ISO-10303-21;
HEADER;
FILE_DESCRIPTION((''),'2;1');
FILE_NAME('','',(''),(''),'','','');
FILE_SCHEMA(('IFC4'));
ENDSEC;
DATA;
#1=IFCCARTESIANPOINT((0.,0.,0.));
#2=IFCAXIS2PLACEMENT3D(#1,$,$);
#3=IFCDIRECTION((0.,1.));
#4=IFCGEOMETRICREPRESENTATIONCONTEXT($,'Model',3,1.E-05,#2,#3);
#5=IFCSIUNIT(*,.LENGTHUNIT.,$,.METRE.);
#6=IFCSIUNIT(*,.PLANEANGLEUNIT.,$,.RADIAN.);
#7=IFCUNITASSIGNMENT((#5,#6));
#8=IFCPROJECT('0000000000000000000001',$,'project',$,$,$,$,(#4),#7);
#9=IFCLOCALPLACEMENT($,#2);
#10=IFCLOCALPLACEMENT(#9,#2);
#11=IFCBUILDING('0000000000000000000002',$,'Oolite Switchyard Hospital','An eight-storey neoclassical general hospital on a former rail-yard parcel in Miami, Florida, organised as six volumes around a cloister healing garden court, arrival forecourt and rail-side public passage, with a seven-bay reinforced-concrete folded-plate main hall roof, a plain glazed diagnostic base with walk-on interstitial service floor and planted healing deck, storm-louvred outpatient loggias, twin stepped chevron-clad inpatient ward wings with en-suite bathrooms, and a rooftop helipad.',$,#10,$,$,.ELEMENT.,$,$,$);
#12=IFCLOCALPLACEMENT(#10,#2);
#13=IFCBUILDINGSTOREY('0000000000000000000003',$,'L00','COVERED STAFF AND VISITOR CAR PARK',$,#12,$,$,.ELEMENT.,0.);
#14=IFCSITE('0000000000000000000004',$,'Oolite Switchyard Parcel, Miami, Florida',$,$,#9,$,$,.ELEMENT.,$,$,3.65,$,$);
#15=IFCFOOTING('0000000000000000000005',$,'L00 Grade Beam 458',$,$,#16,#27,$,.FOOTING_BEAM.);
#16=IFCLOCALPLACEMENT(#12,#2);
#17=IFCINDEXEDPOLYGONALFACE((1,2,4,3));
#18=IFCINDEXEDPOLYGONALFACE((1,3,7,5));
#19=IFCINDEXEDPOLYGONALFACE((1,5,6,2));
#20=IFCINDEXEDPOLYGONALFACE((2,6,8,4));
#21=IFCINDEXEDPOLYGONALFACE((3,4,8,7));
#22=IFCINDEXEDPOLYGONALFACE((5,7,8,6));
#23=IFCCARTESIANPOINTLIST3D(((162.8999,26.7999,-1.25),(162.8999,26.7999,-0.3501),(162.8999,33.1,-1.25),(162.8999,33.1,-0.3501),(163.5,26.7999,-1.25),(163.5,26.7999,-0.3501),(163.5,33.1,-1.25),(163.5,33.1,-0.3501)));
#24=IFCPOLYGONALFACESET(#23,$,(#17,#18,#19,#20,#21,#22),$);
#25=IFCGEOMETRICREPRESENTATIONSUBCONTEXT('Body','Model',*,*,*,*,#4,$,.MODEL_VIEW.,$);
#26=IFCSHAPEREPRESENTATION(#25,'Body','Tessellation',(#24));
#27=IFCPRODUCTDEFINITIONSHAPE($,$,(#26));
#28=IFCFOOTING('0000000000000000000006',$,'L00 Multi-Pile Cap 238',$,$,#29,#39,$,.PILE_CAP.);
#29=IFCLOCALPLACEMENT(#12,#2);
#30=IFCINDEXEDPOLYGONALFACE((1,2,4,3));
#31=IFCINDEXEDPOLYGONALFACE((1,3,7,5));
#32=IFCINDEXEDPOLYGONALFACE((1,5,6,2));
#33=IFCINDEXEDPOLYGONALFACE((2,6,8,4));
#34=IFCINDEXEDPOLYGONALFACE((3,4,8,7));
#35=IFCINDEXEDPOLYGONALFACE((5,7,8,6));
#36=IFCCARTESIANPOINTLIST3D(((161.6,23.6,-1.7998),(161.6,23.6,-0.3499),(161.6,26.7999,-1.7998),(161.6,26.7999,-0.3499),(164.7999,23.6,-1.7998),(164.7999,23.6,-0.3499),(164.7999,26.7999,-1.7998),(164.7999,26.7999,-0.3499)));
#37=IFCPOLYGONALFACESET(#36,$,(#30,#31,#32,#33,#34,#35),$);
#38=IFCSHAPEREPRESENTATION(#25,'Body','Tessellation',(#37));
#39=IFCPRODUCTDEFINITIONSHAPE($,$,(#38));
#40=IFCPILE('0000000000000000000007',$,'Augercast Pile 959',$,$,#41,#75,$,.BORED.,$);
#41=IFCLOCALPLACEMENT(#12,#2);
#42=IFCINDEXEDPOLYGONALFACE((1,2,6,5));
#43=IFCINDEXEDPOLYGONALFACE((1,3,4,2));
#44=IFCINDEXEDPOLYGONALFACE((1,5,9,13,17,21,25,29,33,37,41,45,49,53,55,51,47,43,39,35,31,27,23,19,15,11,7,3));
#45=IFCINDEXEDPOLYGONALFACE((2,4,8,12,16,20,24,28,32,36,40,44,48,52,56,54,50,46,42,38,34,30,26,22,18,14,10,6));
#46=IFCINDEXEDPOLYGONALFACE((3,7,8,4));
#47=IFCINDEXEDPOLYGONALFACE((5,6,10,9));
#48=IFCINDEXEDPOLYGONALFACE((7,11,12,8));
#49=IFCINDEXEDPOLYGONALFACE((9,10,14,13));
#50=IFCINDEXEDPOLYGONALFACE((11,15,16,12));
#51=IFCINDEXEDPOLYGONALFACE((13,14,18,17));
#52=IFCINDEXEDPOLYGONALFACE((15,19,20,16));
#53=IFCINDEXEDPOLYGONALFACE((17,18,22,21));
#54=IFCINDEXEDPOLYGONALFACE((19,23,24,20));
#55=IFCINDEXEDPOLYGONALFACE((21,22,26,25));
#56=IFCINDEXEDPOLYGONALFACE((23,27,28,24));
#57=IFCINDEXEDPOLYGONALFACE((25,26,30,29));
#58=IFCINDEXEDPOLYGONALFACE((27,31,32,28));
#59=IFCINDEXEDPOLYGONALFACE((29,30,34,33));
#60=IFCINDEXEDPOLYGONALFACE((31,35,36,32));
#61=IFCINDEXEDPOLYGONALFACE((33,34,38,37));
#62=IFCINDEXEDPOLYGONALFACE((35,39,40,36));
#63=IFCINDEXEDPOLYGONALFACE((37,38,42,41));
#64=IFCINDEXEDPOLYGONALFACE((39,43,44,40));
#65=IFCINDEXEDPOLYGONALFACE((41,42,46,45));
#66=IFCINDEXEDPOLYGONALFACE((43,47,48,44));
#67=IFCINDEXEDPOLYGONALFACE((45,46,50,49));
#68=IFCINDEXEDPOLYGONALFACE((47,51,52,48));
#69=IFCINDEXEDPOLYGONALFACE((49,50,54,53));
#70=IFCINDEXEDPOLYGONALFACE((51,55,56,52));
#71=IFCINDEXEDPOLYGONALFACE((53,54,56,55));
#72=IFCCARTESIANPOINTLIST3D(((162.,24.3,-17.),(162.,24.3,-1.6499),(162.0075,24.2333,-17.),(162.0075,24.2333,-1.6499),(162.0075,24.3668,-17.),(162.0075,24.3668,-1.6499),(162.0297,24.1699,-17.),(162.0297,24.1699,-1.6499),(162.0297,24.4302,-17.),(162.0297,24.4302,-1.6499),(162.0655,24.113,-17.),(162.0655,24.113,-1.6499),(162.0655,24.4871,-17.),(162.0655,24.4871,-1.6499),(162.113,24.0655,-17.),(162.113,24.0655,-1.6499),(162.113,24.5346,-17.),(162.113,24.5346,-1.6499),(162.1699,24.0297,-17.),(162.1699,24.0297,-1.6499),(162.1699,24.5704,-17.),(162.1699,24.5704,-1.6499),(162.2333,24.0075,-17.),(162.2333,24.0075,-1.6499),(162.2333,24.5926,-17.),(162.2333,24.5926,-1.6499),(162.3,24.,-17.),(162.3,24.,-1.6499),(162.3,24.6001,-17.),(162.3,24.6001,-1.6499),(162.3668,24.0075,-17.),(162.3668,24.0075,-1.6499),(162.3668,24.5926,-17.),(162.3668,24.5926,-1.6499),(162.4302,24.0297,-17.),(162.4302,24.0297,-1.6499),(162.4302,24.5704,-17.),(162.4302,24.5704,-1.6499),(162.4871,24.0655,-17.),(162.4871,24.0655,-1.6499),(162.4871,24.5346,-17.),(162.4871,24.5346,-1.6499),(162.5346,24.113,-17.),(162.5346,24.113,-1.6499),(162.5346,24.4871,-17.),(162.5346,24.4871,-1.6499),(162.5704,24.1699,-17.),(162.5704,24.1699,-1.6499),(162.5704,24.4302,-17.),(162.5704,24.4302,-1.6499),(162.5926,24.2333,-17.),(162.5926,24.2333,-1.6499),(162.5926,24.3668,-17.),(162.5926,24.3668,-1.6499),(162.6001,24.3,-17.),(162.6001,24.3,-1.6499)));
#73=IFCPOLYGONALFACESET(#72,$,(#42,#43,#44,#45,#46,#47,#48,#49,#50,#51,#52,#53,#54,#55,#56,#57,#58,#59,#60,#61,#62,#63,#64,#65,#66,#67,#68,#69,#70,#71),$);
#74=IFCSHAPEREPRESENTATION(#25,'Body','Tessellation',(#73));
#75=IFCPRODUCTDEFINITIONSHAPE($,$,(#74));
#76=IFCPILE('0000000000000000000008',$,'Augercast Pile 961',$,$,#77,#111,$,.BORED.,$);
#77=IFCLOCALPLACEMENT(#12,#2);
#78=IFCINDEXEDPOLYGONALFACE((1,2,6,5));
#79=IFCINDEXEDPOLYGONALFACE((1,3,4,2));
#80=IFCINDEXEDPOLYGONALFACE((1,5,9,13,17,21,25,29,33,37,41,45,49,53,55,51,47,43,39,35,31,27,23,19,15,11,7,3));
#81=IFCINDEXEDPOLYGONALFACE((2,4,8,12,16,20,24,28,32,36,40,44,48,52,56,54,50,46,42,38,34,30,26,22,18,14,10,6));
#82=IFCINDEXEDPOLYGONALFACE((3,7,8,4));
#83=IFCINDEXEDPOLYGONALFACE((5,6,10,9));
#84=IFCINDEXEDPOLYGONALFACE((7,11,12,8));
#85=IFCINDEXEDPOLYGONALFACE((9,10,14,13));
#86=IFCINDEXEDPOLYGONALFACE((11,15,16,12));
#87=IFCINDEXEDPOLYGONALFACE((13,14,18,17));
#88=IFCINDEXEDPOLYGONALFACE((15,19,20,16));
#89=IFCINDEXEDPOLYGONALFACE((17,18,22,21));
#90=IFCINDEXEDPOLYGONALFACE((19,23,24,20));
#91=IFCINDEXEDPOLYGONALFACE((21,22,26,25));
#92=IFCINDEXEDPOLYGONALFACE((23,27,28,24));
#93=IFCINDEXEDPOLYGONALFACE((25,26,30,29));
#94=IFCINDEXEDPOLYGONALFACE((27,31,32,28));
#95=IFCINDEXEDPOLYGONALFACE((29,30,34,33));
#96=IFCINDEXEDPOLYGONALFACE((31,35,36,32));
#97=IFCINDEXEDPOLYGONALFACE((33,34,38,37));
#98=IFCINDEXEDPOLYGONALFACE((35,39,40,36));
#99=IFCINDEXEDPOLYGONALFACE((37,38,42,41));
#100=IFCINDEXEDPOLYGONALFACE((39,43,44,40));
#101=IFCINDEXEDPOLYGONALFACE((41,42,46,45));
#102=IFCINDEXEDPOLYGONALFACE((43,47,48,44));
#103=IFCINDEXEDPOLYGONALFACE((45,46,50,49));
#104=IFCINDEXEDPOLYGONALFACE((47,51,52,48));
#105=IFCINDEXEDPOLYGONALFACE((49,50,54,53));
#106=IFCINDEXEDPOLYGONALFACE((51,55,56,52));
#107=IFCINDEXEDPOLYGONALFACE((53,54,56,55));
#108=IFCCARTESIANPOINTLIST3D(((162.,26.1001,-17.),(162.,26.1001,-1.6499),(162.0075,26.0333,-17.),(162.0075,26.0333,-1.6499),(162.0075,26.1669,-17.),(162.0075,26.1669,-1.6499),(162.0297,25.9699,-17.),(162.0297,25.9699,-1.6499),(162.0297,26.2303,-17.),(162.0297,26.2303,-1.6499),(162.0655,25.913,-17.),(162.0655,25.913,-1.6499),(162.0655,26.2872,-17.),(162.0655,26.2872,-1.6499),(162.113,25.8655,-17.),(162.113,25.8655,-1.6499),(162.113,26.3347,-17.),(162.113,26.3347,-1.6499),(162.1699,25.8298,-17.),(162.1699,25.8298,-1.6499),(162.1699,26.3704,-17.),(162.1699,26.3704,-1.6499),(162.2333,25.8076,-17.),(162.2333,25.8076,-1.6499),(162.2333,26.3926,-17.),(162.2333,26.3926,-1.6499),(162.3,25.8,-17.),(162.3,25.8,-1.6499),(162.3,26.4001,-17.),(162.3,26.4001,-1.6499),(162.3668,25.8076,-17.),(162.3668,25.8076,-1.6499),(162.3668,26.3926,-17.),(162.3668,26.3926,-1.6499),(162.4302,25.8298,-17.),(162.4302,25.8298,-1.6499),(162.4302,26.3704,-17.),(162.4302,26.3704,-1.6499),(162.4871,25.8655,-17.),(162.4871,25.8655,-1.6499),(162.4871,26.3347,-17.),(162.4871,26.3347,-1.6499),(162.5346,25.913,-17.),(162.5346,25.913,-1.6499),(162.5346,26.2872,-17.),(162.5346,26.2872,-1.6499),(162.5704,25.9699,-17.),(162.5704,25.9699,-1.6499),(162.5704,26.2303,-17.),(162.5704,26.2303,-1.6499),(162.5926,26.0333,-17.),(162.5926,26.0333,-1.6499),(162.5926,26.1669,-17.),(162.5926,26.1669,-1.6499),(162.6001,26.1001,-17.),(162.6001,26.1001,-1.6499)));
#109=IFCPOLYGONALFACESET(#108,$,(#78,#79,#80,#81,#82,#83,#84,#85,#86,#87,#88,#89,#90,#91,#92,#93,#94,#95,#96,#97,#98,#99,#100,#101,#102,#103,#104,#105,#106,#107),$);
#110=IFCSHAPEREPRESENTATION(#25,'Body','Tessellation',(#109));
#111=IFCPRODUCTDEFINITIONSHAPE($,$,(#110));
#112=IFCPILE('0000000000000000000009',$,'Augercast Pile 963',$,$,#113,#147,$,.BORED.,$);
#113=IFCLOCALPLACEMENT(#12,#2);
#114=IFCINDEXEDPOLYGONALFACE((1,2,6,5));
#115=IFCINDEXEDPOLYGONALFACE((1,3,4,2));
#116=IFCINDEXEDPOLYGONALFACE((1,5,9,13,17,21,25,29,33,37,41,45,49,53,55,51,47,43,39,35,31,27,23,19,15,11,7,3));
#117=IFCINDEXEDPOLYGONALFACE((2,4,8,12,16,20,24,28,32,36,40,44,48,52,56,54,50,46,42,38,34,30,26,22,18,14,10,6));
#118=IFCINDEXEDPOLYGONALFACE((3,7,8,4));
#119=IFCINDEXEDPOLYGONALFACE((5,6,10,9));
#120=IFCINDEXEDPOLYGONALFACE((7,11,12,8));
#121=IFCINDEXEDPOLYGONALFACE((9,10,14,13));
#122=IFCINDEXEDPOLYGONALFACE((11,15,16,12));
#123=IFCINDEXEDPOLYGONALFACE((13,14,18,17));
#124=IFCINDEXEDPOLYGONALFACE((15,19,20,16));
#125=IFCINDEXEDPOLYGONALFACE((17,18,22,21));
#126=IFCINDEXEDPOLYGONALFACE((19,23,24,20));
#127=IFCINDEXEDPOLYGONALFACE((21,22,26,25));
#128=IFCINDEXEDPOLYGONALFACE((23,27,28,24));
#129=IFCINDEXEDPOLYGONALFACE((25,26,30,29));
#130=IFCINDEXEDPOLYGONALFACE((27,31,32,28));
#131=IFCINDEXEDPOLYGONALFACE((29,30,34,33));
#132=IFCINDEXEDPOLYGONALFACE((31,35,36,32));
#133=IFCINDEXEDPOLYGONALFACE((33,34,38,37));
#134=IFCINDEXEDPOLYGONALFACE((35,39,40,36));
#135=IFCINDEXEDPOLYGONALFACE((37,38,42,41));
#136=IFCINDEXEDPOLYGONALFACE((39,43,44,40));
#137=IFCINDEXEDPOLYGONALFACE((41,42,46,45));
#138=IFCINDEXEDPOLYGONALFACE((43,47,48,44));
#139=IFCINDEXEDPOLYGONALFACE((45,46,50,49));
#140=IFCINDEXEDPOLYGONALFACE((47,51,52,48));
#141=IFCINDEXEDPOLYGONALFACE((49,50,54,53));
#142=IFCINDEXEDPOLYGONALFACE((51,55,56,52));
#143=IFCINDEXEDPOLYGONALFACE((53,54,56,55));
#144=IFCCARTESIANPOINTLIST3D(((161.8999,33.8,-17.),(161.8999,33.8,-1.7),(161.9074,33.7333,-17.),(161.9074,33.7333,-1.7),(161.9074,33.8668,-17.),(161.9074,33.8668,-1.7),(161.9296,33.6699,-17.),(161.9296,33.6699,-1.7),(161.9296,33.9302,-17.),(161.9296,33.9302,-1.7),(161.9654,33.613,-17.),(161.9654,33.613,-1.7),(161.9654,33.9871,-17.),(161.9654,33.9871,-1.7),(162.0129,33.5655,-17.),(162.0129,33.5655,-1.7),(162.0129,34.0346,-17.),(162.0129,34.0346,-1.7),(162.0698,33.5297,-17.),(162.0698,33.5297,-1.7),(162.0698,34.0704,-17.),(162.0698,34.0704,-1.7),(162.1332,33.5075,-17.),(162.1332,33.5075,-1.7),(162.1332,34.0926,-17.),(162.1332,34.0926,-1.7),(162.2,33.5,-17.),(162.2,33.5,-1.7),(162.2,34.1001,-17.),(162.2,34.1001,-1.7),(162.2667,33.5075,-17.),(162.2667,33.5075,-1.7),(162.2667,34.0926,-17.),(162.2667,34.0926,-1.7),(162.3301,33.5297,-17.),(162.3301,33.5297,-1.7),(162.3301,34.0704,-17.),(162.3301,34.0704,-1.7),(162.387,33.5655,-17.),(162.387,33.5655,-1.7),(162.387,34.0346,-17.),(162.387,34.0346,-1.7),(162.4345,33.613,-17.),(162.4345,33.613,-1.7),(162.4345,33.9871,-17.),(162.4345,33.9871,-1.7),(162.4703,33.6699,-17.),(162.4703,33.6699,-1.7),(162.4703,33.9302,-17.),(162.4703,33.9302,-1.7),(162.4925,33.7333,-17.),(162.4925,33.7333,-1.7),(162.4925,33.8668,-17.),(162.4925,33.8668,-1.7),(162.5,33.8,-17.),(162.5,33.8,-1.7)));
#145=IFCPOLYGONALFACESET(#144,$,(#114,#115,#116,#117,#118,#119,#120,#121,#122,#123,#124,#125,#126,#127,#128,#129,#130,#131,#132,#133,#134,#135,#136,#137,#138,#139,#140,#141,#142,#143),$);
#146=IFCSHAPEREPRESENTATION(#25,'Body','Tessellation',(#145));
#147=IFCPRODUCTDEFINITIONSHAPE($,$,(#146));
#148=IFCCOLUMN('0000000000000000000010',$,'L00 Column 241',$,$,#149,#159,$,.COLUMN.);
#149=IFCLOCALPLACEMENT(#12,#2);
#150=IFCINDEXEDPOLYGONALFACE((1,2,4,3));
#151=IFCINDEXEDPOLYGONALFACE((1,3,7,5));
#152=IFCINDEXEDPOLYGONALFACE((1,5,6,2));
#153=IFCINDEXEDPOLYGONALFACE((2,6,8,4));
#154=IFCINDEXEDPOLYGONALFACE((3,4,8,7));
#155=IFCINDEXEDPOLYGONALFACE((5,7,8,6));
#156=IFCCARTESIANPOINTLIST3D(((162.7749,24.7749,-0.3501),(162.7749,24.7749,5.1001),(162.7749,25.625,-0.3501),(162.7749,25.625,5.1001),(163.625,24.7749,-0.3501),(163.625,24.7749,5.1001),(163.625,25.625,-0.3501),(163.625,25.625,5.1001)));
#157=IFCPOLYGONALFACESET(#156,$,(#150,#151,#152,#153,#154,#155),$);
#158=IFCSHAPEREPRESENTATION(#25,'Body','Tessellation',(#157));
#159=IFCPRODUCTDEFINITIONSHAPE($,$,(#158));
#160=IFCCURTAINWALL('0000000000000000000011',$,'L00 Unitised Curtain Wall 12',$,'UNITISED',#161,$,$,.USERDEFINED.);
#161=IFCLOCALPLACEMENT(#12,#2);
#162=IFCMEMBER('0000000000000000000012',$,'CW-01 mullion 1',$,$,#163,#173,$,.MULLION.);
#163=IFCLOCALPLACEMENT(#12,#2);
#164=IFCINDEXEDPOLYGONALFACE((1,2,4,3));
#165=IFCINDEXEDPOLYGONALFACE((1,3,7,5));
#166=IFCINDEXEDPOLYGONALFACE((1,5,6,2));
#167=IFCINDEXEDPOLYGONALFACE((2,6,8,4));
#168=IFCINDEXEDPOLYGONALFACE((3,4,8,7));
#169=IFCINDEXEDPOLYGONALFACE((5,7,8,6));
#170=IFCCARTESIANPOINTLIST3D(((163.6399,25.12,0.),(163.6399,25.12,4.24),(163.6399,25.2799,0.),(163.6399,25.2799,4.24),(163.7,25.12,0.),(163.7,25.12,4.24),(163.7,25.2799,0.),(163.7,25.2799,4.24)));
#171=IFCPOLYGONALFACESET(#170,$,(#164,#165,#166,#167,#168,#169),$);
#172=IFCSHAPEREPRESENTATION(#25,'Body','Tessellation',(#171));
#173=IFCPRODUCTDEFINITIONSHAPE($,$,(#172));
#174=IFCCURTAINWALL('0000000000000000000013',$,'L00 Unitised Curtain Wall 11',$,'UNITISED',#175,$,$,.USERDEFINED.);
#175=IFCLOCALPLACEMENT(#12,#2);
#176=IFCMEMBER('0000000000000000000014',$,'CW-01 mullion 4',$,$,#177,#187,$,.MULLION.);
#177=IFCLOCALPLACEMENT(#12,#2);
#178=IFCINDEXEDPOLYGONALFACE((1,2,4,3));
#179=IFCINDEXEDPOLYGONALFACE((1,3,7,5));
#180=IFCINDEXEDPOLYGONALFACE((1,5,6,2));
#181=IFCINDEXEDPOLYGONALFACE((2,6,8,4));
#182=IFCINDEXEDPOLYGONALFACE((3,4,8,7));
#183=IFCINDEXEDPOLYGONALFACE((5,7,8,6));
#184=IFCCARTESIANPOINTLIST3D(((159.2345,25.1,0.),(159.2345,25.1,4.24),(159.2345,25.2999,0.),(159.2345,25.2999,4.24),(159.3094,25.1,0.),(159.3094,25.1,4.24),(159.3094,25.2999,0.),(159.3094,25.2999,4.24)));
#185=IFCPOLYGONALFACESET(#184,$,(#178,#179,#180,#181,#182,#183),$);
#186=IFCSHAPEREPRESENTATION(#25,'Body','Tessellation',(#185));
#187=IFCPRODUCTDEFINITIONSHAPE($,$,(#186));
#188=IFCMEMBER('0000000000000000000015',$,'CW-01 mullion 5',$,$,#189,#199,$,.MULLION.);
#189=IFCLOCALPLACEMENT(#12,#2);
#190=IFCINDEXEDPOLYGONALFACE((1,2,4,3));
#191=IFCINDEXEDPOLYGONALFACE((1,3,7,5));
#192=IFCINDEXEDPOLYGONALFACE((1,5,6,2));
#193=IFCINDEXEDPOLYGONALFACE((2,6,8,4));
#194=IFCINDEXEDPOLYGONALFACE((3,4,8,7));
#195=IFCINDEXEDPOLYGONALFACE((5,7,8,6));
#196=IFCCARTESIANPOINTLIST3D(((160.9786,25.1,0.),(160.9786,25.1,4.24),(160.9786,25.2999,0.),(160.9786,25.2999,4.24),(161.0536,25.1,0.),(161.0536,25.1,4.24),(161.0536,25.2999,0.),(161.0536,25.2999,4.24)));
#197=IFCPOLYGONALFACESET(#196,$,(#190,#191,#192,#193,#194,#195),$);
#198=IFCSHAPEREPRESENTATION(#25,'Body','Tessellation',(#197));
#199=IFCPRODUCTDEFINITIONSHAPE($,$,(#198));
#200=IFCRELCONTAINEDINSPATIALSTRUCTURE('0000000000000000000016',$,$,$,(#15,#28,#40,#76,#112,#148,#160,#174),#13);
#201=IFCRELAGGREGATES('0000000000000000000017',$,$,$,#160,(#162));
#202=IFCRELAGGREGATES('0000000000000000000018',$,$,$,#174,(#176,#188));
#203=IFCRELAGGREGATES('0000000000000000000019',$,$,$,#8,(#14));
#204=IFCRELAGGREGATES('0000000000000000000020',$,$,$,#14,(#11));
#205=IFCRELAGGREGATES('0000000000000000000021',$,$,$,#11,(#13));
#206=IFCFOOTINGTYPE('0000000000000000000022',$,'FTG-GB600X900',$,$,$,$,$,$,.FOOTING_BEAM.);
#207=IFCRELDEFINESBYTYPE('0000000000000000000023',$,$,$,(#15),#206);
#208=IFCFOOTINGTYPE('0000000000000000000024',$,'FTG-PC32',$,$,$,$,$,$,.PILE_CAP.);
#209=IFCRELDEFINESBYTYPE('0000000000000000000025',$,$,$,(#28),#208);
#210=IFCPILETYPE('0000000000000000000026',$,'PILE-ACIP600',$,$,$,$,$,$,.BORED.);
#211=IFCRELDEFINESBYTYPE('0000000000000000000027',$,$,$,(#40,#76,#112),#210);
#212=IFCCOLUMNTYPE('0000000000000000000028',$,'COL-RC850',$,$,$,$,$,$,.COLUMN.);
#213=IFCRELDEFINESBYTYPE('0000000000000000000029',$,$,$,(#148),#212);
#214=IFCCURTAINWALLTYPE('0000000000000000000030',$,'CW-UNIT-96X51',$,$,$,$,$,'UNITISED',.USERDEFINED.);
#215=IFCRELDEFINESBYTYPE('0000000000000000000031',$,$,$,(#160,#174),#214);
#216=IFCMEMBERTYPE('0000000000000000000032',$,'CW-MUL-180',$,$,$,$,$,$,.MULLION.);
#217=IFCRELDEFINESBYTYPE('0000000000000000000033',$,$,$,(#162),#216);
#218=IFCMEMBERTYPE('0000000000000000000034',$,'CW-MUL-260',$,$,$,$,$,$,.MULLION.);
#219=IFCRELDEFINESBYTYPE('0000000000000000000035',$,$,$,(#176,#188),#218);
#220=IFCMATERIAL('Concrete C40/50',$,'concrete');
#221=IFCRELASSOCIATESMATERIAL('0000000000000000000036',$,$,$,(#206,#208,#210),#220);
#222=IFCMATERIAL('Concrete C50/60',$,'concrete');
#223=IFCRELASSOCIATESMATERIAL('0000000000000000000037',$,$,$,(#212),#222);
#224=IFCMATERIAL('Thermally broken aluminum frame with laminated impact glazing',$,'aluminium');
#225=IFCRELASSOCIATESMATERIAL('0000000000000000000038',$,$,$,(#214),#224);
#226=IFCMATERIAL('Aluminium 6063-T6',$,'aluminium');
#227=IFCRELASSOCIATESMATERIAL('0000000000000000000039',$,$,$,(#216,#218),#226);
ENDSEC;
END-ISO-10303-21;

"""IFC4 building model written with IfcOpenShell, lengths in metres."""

from ifc_helpers import new_model, si_unit, direction, frame, origin, origin_2d, place, context, subcontext, project, spatial, rectangle, circle, extrude, material, material_profile, profile_set, type_object, element, aggregate, save


model = new_model("IFC4")

# Units and contexts
model_context = context("Model", 3, precision=1e-05, world=origin(), true_north=direction((0.0, 1.0)))
body_context = subcontext(model_context, "Body", "Model", "MODEL_VIEW")
ifc_project = project(units=[si_unit("LENGTHUNIT", "METRE"), si_unit("PLANEANGLEUNIT", "RADIAN")], contexts=[model_context])

# Site, building, storey
site_placement = place(None, origin())
site = spatial("IfcSite", under=ifc_project, at=site_placement, Name="Oolite Switchyard Parcel, Miami, Florida", CompositionType="ELEMENT", RefElevation=3.65)
building_placement = place(site_placement, origin())
building = spatial("IfcBuilding", under=site, at=building_placement, Name="Oolite Switchyard Hospital", Description="An eight-storey neoclassical general hospital on a former rail-yard parcel in Miami, Florida, organised as six volumes around a cloister healing garden court, arrival forecourt and rail-side public passage, with a seven-bay reinforced-concrete folded-plate main hall roof, a plain glazed diagnostic base with walk-on interstitial service floor and planted healing deck, storm-louvred outpatient loggias, twin stepped chevron-clad inpatient ward wings with en-suite bathrooms, and a rooftop helipad.", CompositionType="ELEMENT")
storey_placement = place(building_placement, origin())
storey = spatial("IfcBuildingStorey", under=building, at=storey_placement, Name="L00", Description="COVERED STAFF AND VISITOR CAR PARK", CompositionType="ELEMENT", Elevation=0.0)

# Footings
ifc_material_1 = material(Name="Concrete C40/50", Category="concrete")
footing_type_1 = type_object("IfcFootingType", Name="FTG-GB600X900", PredefinedType="FOOTING_BEAM", material=ifc_material_1)
footing_1_placement = place(storey_placement, frame((163.2, 29.95, -1.25), z_axis=(0.0, 0.0, 1.0), x_axis=(0.0, 1.0, 0.0)))
element("IfcFooting", 1, at=footing_1_placement, inside=storey, type_object=footing_type_1, Name="L00 Grade Beam 458", PredefinedType="FOOTING_BEAM", context=body_context, shape_type="SweptSolid", body=[
    extrude(rectangle(XDim=6.3, YDim=0.6001, at=origin_2d()), origin(), (0.0, 0.0, 1.0), 0.8999),
])
footing_type_2 = type_object("IfcFootingType", Name="FTG-PC32", PredefinedType="PILE_CAP", material=ifc_material_1)
footing_2_placement = place(storey_placement, frame((163.2, 25.2, -1.7998), z_axis=(0.0, 0.0, 1.0), x_axis=(1.0, 0.0, 0.0)))
element("IfcFooting", 2, at=footing_2_placement, inside=storey, type_object=footing_type_2, Name="L00 Multi-Pile Cap 238", PredefinedType="PILE_CAP", context=body_context, shape_type="SweptSolid", body=[
    extrude(rectangle(XDim=3.2, YDim=3.2, at=origin_2d()), origin(), (0.0, 0.0, 1.0), 1.45),
])

# Piles
ifc_material_profile_1 = material_profile(ifc_material_1, circle(Radius=0.3, at=origin_2d()), Name="PILE600")
ifc_profile_set_1 = profile_set([ifc_material_profile_1], Name="Concrete C40/50")
pile_type = type_object("IfcPileType", Name="PILE-ACIP600", PredefinedType="BORED", material=ifc_profile_set_1)
for number, where, z_axis, x_axis, name in (
    (3, (162.3, 24.3, -1.6499), (0.0, 0.0, -1.0), (1.0, 0.0, 0.0), "Augercast Pile 959"),
    (4, (162.3, 26.1001, -1.6499), (0.0, 0.0, -1.0), (1.0, 0.0, 0.0), "Augercast Pile 961"),
):
    element("IfcPile", number, at=place(storey_placement, frame(where, z_axis=z_axis, x_axis=x_axis)), inside=storey, type_object=pile_type, Name=name, PredefinedType="BORED", context=body_context, shape_type="SweptSolid", body=[
        extrude(circle(Radius=0.3, at=origin_2d()), origin(), (0.0, 0.0, 1.0), 15.3501),
    ])
pile_placement = place(storey_placement, frame((162.2, 33.8, -1.7), z_axis=(0.0, 0.0, -1.0), x_axis=(1.0, 0.0, 0.0)))
element("IfcPile", 5, at=pile_placement, inside=storey, type_object=pile_type, Name="Augercast Pile 963", PredefinedType="BORED", context=body_context, shape_type="SweptSolid", body=[
    extrude(circle(Radius=0.3, at=origin_2d()), origin(), (0.0, 0.0, 1.0), 15.3),
])

# Column
ifc_material_2 = material(Name="Concrete C50/60", Category="concrete")
ifc_material_profile_2 = material_profile(ifc_material_2, rectangle(XDim=0.8501, YDim=0.8501, at=origin_2d()), Name="RC850X850")
ifc_profile_set_2 = profile_set([ifc_material_profile_2], Name="Concrete C50/60")
column_type = type_object("IfcColumnType", Name="COL-RC850", PredefinedType="COLUMN", material=ifc_profile_set_2)
column_placement = place(storey_placement, frame((163.2, 25.2, -0.3501), z_axis=(0.0, 0.0, 1.0), x_axis=(1.0, 0.0, 0.0)))
element("IfcColumn", 6, at=column_placement, inside=storey, type_object=column_type, Name="L00 Column 241", PredefinedType="COLUMN", context=body_context, shape_type="SweptSolid", body=[
    extrude(rectangle(XDim=0.8501, YDim=0.8501, at=origin_2d()), origin(), (0.0, 0.0, 1.0), 5.4502),
])

# Curtain wall, member
ifc_material_3 = material(Name="Thermally broken aluminum frame with laminated impact glazing", Category="aluminium")
curtain_wall_type = type_object("IfcCurtainWallType", Name="CW-UNIT-96X51", ElementType="UNITISED", PredefinedType="USERDEFINED", material=ifc_material_3)
curtain_wall_1_placement = place(storey_placement, origin())
curtain_wall_1 = element("IfcCurtainWall", 7, at=curtain_wall_1_placement, inside=storey, type_object=curtain_wall_type, Name="L00 Unitised Curtain Wall 12", ObjectType="UNITISED", PredefinedType="USERDEFINED")
ifc_material_4 = material(Name="Aluminium 6063-T6", Category="aluminium")
ifc_material_profile_3 = material_profile(ifc_material_4, rectangle(XDim=0.1599, YDim=0.0601, at=origin_2d()), Name="CWM60X160")
ifc_profile_set_3 = profile_set([ifc_material_profile_3], Name="Aluminium 6063-T6")
member_type_1 = type_object("IfcMemberType", Name="CW-MUL-180", PredefinedType="MULLION", material=ifc_profile_set_3)
member_1_placement = place(storey_placement, frame((163.6699, 25.2, 0.0), z_axis=(0.0, 0.0, 1.0), x_axis=(0.0, 1.0, 0.0)))
member_1 = element("IfcMember", 8, at=member_1_placement, type_object=member_type_1, Name="CW-01 mullion 1", PredefinedType="MULLION", context=body_context, shape_type="SweptSolid", body=[
    extrude(rectangle(XDim=0.1599, YDim=0.0601, at=origin_2d()), origin(), (0.0, 0.0, 1.0), 4.24),
])

# Curtain wall, members
curtain_wall_2_placement = place(storey_placement, origin())
curtain_wall_2 = element("IfcCurtainWall", 9, at=curtain_wall_2_placement, inside=storey, type_object=curtain_wall_type, Name="L00 Unitised Curtain Wall 11", ObjectType="UNITISED", PredefinedType="USERDEFINED")
ifc_material_profile_4 = material_profile(ifc_material_4, rectangle(XDim=0.2, YDim=0.075, at=origin_2d()), Name="CWM75X200")
ifc_profile_set_4 = profile_set([ifc_material_profile_4], Name="Aluminium 6063-T6")
member_type_2 = type_object("IfcMemberType", Name="CW-MUL-260", PredefinedType="MULLION", material=ifc_profile_set_4)
member_2_placement = place(storey_placement, frame((159.272, 25.2, 0.0), z_axis=(0.0, 0.0, 1.0), x_axis=(0.0, 1.0, 0.0)))
member_2 = element("IfcMember", 10, at=member_2_placement, type_object=member_type_2, Name="CW-01 mullion 4", PredefinedType="MULLION", context=body_context, shape_type="SweptSolid", body=[
    extrude(rectangle(XDim=0.2, YDim=0.075, at=origin_2d()), origin(), (0.0, 0.0, 1.0), 4.24),
])
member_3_placement = place(storey_placement, frame((161.0161, 25.2, 0.0), z_axis=(0.0, 0.0, 1.0), x_axis=(0.0, 1.0, 0.0)))
member_3 = element("IfcMember", 11, at=member_3_placement, type_object=member_type_2, Name="CW-01 mullion 5", PredefinedType="MULLION", context=body_context, shape_type="SweptSolid", body=[
    extrude(rectangle(XDim=0.2, YDim=0.075, at=origin_2d()), origin(), (0.0, 0.0, 1.0), 4.24),
])

aggregate(curtain_wall_1, [member_1])

aggregate(curtain_wall_2, [member_2, member_3])

save(model, "model.ifc")
